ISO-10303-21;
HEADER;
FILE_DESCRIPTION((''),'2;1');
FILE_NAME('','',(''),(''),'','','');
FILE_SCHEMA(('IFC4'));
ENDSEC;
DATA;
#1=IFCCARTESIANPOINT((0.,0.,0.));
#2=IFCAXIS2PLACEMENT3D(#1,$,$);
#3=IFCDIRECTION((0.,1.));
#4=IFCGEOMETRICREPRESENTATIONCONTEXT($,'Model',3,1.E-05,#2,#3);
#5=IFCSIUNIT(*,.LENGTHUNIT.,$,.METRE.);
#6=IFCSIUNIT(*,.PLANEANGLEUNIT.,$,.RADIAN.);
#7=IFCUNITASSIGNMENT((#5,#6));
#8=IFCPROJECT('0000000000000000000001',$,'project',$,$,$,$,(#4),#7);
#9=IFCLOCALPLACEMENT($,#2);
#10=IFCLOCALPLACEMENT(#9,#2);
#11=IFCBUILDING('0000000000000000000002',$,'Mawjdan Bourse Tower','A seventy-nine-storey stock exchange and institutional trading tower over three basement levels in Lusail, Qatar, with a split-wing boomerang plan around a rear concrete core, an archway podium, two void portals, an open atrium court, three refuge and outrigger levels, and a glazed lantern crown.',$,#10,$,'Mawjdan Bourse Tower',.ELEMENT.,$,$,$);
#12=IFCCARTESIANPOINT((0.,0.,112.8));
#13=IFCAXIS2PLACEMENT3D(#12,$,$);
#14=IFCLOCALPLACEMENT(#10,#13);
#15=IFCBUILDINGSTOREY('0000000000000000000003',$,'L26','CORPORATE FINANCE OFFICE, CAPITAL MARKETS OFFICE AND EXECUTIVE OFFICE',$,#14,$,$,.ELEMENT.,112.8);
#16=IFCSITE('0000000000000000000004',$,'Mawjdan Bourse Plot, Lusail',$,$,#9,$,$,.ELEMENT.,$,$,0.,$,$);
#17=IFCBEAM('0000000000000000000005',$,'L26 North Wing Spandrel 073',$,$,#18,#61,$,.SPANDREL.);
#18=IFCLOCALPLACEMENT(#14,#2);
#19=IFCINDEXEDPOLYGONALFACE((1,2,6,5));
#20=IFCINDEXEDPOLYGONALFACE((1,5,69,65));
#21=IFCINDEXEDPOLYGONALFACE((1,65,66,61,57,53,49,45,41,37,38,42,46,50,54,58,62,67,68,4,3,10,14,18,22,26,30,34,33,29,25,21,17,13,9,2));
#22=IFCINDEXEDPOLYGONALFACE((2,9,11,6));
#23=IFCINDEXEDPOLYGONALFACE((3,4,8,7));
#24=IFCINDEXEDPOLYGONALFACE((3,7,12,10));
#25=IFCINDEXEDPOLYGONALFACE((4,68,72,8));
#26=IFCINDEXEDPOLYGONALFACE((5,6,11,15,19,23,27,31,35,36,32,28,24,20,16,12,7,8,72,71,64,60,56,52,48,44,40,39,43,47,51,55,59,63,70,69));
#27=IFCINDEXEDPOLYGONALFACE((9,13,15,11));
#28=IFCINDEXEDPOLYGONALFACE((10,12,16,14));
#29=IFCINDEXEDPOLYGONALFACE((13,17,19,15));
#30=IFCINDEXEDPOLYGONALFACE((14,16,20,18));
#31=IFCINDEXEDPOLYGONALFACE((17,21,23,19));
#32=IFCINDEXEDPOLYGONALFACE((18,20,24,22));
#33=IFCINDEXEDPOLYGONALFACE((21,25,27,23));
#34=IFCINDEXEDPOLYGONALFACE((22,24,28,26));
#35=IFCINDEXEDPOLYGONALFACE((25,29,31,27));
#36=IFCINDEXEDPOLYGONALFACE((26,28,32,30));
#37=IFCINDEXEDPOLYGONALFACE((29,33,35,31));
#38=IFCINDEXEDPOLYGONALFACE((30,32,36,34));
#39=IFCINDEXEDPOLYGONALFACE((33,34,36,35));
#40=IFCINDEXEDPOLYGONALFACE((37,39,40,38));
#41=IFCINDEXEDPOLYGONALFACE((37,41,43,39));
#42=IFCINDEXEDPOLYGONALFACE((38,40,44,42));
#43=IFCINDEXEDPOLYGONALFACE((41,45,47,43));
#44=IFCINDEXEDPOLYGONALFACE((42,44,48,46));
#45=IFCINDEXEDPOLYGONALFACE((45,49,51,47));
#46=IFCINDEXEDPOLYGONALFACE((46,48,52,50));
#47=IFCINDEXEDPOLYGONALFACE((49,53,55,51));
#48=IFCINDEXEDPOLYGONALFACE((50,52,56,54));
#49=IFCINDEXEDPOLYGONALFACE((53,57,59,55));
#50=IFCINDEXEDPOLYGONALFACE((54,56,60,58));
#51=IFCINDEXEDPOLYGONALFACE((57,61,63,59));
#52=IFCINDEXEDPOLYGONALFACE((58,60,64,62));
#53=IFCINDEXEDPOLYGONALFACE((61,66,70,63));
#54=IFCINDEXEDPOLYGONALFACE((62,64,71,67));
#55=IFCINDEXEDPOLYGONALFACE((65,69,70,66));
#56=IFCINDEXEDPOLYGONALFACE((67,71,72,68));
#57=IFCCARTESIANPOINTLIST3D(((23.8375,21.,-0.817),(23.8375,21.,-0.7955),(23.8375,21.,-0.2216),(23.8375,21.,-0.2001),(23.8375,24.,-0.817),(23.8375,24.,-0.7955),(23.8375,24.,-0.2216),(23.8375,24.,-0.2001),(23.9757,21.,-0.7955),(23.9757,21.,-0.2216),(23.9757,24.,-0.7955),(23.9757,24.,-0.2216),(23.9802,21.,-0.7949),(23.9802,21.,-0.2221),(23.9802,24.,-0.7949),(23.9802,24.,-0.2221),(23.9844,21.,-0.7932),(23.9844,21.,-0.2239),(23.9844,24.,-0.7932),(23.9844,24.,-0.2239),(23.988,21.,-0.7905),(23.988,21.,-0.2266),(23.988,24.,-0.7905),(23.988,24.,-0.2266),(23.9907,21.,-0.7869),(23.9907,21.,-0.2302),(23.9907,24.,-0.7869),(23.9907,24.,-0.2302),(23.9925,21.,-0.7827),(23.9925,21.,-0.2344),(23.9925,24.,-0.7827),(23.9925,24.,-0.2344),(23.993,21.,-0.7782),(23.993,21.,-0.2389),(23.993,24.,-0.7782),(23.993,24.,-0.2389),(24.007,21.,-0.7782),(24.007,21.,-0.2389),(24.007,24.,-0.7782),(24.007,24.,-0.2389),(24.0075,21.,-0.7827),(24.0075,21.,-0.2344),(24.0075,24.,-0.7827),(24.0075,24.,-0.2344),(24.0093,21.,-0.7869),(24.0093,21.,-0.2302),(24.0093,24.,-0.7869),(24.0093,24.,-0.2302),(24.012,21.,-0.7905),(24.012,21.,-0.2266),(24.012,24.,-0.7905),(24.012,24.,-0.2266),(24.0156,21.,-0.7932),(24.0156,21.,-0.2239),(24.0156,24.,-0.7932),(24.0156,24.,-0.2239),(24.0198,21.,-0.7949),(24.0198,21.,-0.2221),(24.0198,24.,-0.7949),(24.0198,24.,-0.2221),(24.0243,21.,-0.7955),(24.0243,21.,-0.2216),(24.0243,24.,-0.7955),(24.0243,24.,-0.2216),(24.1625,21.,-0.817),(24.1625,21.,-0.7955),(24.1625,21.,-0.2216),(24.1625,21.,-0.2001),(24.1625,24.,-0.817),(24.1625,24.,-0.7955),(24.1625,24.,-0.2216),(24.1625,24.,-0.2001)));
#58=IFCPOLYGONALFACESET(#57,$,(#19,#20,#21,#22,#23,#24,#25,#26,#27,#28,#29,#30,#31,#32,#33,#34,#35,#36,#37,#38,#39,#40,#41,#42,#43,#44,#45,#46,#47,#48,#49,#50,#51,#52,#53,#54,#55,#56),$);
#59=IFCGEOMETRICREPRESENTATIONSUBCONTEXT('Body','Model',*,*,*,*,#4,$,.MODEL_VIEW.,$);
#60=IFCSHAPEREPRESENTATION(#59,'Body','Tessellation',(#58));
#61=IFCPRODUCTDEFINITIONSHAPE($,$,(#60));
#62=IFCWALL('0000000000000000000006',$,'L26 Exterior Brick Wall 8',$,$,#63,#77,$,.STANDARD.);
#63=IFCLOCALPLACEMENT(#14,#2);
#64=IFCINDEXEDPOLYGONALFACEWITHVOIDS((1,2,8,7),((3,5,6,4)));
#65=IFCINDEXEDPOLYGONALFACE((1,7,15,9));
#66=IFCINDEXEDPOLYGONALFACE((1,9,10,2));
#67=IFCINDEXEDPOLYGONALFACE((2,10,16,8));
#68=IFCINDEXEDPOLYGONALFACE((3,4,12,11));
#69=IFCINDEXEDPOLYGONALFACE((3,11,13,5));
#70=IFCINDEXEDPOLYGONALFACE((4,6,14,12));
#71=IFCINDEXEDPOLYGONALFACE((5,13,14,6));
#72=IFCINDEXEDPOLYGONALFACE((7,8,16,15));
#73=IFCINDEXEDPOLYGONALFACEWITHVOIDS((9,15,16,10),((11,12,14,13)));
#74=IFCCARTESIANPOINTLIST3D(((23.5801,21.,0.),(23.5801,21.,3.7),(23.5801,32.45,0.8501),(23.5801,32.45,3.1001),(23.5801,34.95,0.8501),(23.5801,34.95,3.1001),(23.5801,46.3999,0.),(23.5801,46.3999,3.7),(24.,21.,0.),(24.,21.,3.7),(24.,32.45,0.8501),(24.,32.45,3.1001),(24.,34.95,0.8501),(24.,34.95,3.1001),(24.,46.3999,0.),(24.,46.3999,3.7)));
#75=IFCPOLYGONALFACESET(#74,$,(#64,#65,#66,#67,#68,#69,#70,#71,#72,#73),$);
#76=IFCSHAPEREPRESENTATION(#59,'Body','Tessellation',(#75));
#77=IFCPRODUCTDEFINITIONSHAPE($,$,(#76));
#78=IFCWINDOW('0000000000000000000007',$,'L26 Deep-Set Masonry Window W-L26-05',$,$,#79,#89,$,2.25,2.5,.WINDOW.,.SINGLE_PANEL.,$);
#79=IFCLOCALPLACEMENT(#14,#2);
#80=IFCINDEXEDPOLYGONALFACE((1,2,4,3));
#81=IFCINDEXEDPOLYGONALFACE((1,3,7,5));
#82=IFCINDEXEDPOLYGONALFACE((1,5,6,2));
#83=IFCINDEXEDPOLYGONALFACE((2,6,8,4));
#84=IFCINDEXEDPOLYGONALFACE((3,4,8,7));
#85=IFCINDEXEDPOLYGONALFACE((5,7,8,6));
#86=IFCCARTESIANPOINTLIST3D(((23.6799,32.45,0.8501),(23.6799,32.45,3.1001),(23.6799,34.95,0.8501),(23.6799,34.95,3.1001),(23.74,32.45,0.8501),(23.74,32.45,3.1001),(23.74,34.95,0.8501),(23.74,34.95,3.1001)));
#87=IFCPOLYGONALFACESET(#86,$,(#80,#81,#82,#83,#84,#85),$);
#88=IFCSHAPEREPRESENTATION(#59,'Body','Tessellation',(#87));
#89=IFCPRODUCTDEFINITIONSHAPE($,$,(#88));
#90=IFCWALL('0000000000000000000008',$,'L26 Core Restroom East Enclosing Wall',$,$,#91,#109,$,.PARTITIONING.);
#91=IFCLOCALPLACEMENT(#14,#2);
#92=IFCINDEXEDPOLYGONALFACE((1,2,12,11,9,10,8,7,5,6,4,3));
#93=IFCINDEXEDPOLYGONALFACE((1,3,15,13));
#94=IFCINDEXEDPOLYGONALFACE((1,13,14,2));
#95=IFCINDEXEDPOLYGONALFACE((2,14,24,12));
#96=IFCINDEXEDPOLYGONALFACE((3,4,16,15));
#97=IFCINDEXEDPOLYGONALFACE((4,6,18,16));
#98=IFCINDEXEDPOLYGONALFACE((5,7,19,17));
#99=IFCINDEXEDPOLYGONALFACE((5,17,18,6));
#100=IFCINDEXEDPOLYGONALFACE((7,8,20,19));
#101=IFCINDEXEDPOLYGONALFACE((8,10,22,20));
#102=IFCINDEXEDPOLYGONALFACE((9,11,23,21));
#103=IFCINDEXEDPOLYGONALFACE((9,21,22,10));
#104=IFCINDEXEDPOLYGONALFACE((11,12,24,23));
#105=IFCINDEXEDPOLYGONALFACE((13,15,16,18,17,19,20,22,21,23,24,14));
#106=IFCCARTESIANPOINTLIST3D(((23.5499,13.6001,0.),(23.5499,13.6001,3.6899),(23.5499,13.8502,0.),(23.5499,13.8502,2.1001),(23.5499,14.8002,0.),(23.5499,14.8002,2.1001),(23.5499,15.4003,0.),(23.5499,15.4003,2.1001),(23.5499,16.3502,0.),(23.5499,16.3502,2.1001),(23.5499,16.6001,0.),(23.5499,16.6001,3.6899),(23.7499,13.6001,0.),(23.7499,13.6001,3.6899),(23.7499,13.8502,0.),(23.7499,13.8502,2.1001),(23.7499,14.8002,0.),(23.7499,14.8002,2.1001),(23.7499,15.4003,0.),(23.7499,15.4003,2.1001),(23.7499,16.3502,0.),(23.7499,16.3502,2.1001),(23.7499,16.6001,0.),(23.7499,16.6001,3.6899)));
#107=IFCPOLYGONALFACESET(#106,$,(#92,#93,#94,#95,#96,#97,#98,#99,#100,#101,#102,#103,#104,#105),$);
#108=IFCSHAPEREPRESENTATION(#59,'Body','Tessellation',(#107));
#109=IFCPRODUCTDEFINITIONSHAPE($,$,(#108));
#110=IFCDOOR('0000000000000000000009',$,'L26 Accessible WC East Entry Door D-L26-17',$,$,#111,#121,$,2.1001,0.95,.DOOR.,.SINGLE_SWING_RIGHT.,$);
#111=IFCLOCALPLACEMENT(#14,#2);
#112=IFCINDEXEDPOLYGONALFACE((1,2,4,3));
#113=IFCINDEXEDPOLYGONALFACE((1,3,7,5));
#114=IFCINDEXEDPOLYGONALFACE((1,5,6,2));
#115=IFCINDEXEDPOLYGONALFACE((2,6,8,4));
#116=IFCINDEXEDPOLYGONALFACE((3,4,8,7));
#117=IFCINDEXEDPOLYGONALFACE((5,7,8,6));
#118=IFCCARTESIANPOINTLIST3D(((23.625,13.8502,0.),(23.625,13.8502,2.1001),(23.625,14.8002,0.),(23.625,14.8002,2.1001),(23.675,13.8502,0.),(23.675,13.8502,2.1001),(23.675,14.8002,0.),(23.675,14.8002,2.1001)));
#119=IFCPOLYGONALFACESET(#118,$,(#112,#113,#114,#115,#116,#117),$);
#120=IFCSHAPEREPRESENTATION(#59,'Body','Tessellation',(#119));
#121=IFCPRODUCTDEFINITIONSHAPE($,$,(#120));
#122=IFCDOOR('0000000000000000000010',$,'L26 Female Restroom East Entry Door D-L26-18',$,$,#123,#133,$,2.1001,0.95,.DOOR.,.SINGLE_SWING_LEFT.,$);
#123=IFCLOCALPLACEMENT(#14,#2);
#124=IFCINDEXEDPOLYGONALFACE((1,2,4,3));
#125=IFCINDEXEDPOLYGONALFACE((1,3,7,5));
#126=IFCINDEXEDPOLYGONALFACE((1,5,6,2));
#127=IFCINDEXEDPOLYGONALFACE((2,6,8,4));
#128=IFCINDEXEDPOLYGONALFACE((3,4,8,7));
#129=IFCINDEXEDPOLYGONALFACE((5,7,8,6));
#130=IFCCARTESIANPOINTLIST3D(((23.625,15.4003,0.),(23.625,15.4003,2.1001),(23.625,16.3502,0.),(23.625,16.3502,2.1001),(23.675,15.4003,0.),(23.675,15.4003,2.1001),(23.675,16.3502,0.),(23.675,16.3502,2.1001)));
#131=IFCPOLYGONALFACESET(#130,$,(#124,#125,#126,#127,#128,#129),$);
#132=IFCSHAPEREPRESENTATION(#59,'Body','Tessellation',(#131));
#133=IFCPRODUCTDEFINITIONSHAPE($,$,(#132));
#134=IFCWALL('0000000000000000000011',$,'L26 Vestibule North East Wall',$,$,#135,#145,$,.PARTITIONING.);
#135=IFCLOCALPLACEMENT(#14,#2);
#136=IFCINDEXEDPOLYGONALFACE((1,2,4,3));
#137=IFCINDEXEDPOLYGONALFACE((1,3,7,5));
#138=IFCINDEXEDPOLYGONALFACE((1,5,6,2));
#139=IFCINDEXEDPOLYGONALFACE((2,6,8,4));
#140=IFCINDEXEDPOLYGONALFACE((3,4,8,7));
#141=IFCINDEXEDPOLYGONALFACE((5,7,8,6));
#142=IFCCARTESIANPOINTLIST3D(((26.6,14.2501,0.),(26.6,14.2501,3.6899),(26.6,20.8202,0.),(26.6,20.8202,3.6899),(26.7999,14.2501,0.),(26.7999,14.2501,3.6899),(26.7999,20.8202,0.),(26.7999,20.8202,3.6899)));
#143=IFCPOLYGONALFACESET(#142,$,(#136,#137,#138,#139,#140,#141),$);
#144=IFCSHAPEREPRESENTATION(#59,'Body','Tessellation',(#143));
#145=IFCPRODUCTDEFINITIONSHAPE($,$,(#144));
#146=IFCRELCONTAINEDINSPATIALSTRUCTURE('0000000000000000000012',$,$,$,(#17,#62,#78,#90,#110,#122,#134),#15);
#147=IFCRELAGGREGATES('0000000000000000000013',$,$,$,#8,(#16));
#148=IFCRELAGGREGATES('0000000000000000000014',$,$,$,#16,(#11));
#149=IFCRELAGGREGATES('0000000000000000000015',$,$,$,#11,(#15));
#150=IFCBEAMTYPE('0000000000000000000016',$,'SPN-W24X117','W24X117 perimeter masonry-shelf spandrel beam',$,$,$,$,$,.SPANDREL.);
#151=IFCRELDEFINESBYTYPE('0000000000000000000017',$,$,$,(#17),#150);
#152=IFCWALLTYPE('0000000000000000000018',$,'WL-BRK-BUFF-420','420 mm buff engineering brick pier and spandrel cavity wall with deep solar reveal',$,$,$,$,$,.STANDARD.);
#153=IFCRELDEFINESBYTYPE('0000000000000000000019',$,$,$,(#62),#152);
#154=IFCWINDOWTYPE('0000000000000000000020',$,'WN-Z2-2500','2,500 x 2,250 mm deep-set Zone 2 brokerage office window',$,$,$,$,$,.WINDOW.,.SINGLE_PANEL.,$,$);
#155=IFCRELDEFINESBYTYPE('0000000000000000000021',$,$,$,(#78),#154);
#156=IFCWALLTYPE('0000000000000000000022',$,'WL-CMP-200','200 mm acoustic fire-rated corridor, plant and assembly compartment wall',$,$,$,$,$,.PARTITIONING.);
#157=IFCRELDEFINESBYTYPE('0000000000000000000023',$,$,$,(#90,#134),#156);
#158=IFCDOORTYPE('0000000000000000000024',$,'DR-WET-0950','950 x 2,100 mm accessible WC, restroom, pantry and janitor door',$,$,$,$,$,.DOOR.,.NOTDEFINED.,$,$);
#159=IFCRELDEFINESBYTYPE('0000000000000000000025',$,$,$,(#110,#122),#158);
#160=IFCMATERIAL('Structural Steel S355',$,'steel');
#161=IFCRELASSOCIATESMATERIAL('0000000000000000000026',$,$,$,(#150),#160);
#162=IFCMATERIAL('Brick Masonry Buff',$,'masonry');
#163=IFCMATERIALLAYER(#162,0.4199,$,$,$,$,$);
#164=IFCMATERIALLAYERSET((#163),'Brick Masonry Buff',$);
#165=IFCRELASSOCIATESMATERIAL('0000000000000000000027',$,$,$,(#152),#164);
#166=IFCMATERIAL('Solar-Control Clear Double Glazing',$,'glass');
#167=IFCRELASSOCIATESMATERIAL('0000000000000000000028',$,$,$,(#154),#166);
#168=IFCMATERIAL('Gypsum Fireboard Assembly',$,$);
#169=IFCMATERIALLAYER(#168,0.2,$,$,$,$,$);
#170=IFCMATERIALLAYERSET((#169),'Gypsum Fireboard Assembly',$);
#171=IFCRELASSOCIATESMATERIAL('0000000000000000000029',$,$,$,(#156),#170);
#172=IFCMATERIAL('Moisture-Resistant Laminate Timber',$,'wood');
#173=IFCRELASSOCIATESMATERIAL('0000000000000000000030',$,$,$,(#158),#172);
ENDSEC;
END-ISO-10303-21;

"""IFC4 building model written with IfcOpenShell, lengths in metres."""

from ifc_helpers import new_model, si_unit, direction, frame, frame_2d, origin, origin_2d, place, context, subcontext, project, spatial, rectangle, i_section, extrude, material, layer, layer_set, material_profile, profile_set, type_object, element, fill, save


model = new_model("IFC4")

# Units and contexts
model_context = context("Model", 3, precision=1e-05, world=origin(), true_north=direction((0.0, 1.0)))
body_context = subcontext(model_context, "Body", "Model", "MODEL_VIEW")
ifc_project = project(units=[si_unit("LENGTHUNIT", "METRE"), si_unit("PLANEANGLEUNIT", "RADIAN")], contexts=[model_context])

# Site, building, storey
site_placement = place(None, origin())
site = spatial("IfcSite", under=ifc_project, at=site_placement, Name="Mawjdan Bourse Plot, Lusail", CompositionType="ELEMENT", RefElevation=0.0)
building_placement = place(site_placement, origin())
building = spatial("IfcBuilding", under=site, at=building_placement, Name="Mawjdan Bourse Tower", Description="A seventy-nine-storey stock exchange and institutional trading tower over three basement levels in Lusail, Qatar, with a split-wing boomerang plan around a rear concrete core, an archway podium, two void portals, an open atrium court, three refuge and outrigger levels, and a glazed lantern crown.", LongName="Mawjdan Bourse Tower", CompositionType="ELEMENT")
storey_placement = place(building_placement, frame((0.0, 0.0, 112.8)))
storey = spatial("IfcBuildingStorey", under=building, at=storey_placement, Name="L26", Description="CORPORATE FINANCE OFFICE, CAPITAL MARKETS OFFICE AND EXECUTIVE OFFICE", CompositionType="ELEMENT", Elevation=112.8)

# Beam
ifc_material_1 = material(Name="Structural Steel S355", Category="steel")
ifc_material_profile_1 = material_profile(ifc_material_1, i_section(OverallWidth=0.325, OverallDepth=0.6169, WebThickness=0.0139, FlangeThickness=0.0215, FilletRadius=0.0173, at=origin_2d()), Name="W24X117")
ifc_profile_set_1 = profile_set([ifc_material_profile_1], Name="Structural Steel S355")
beam_type_1 = type_object("IfcBeamType", Name="SPN-W24X117", Description="W24X117 perimeter masonry-shelf spandrel beam", PredefinedType="SPANDREL", material=ifc_profile_set_1)
beam_1_placement = place(storey_placement, frame((24.0, 21.0, -0.5085), z_axis=(0.0, 1.0, 0.0), x_axis=(-1.0, 0.0, 0.0)))
element("IfcBeam", 1, at=beam_1_placement, inside=storey, type_object=beam_type_1, Name="L26 North Wing Spandrel 073", PredefinedType="SPANDREL", context=body_context, shape_type="SweptSolid", body=[
    extrude(i_section(OverallWidth=0.325, OverallDepth=0.6169, WebThickness=0.0139, FlangeThickness=0.0215, FilletRadius=0.0173, at=origin_2d()), origin(), (0.0, 0.0, 1.0), 3.0),
])

# Wall, opening, window
ifc_material_2 = material(Name="Brick Masonry Buff", Category="masonry")
ifc_layer_1 = layer(ifc_material_2, 0.4199)
ifc_layer_set_1 = layer_set([ifc_layer_1], Name="Brick Masonry Buff")
wall_type_1 = type_object("IfcWallType", Name="WL-BRK-BUFF-420", Description="420 mm buff engineering brick pier and spandrel cavity wall with deep solar reveal", PredefinedType="STANDARD", material=ifc_layer_set_1)
wall_1_placement = place(storey_placement, frame((23.79, 21.0, 0.0), z_axis=(0.0, 0.0, 1.0), x_axis=(0.0, 1.0, 0.0)))
wall_1 = element("IfcWall", 2, at=wall_1_placement, inside=storey, type_object=wall_type_1, Name="L26 Exterior Brick Wall 8", PredefinedType="STANDARD", context=body_context, shape_type="SweptSolid", body=[
    extrude(rectangle(XDim=25.3999, YDim=0.4199, at=frame_2d((12.7, 0.0))), origin(), (0.0, 0.0, 1.0), 3.7),
])
opening_1_placement = place(wall_1_placement, frame((11.45, 0.0, 0.8501)))
opening_1 = element("IfcOpeningElement", 3, at=opening_1_placement, cuts=wall_1, PredefinedType="OPENING", context=body_context, shape_type="SweptSolid", body=[
    extrude(rectangle(XDim=2.5, YDim=2.25, at=frame_2d((1.25, 1.125))), frame((0.0, 0.22, 0.0), z_axis=(0.0, -1.0, 0.0), x_axis=(1.0, 0.0, 0.0)), (0.0, 0.0, 1.0), 0.4399),
])
ifc_material_3 = material(Name="Solar-Control Clear Double Glazing", Category="glass")
window_type = type_object("IfcWindowType", Name="WN-Z2-2500", Description="2,500 x 2,250 mm deep-set Zone 2 brokerage office window", PartitioningType="SINGLE_PANEL", PredefinedType="WINDOW", material=ifc_material_3)
window_placement = place(opening_1_placement, origin())
window = element("IfcWindow", 4, at=window_placement, inside=storey, type_object=window_type, Name="L26 Deep-Set Masonry Window W-L26-05", OverallHeight=2.25, OverallWidth=2.5, PartitioningType="SINGLE_PANEL", PredefinedType="WINDOW", context=body_context, shape_type="SweptSolid", body=[
    extrude(rectangle(XDim=2.5, YDim=2.25, at=frame_2d((1.25, 1.125))), frame((0.0, 0.1101, 0.0), z_axis=(0.0, -1.0, 0.0), x_axis=(1.0, 0.0, 0.0)), (0.0, 0.0, 1.0), 0.0601),
])
fill(opening_1, window)

# Wall, openings, doors
ifc_material_4 = material(Name="Gypsum Fireboard Assembly")
ifc_layer_2 = layer(ifc_material_4, 0.2)
ifc_layer_set_2 = layer_set([ifc_layer_2], Name="Gypsum Fireboard Assembly")
wall_type_2 = type_object("IfcWallType", Name="WL-CMP-200", Description="200 mm acoustic fire-rated corridor, plant and assembly compartment wall", PredefinedType="PARTITIONING", material=ifc_layer_set_2)
wall_2_placement = place(storey_placement, frame((23.6499, 13.6001, 0.0), z_axis=(0.0, 0.0, 1.0), x_axis=(0.0, 1.0, 0.0)))
wall_2 = element("IfcWall", 5, at=wall_2_placement, inside=storey, type_object=wall_type_2, Name="L26 Core Restroom East Enclosing Wall", PredefinedType="PARTITIONING", context=body_context, shape_type="SweptSolid", body=[
    extrude(rectangle(XDim=3.0, YDim=0.2, at=frame_2d((1.5, 0.0))), origin(), (0.0, 0.0, 1.0), 3.6899),
])
opening_2_placement = place(wall_2_placement, frame((0.25, 0.0, 0.0)))
opening_2 = element("IfcOpeningElement", 6, at=opening_2_placement, cuts=wall_2, PredefinedType="OPENING", context=body_context, shape_type="SweptSolid", body=[
    extrude(rectangle(XDim=0.95, YDim=2.1001, at=frame_2d((0.4751, 1.05))), frame((0.0, 0.1099, 0.0), z_axis=(0.0, -1.0, 0.0), x_axis=(1.0, 0.0, 0.0)), (0.0, 0.0, 1.0), 0.22),
])
opening_3_placement = place(wall_2_placement, frame((1.8, 0.0, 0.0)))
opening_3 = element("IfcOpeningElement", 7, at=opening_3_placement, cuts=wall_2, PredefinedType="OPENING", context=body_context, shape_type="SweptSolid", body=[
    extrude(rectangle(XDim=0.95, YDim=2.1001, at=frame_2d((0.4751, 1.05))), frame((0.0, 0.1099, 0.0), z_axis=(0.0, -1.0, 0.0), x_axis=(1.0, 0.0, 0.0)), (0.0, 0.0, 1.0), 0.22),
])
ifc_material_5 = material(Name="Moisture-Resistant Laminate Timber", Category="wood")
door_type_1 = type_object("IfcDoorType", Name="DR-WET-0950", Description="950 x 2,100 mm accessible WC, restroom, pantry and janitor door", OperationType="NOTDEFINED", PredefinedType="DOOR", material=ifc_material_5)
door_1_placement = place(opening_2_placement, origin())
door_1 = element("IfcDoor", 8, at=door_1_placement, inside=storey, type_object=door_type_1, Name="L26 Accessible WC East Entry Door D-L26-17", OperationType="SINGLE_SWING_RIGHT", OverallHeight=2.1001, OverallWidth=0.95, PredefinedType="DOOR", context=body_context, shape_type="SweptSolid", body=[
    extrude(rectangle(XDim=0.95, YDim=2.1001, at=frame_2d((0.4751, 1.05))), frame((0.0, 0.0249, 0.0), z_axis=(0.0, -1.0, 0.0), x_axis=(1.0, 0.0, 0.0)), (0.0, 0.0, 1.0), 0.05),
])
fill(opening_2, door_1)
door_2_placement = place(opening_3_placement, origin())
door_2 = element("IfcDoor", 9, at=door_2_placement, inside=storey, type_object=door_type_1, Name="L26 Female Restroom East Entry Door D-L26-18", OperationType="SINGLE_SWING_LEFT", OverallHeight=2.1001, OverallWidth=0.95, PredefinedType="DOOR", context=body_context, shape_type="SweptSolid", body=[
    extrude(rectangle(XDim=0.95, YDim=2.1001, at=frame_2d((0.4751, 1.05))), frame((0.0, 0.0249, 0.0), z_axis=(0.0, -1.0, 0.0), x_axis=(1.0, 0.0, 0.0)), (0.0, 0.0, 1.0), 0.05),
])
fill(opening_3, door_2)

# Wall
wall_3_placement = place(storey_placement, frame((26.7, 14.25, 0.0), z_axis=(0.0, 0.0, 1.0), x_axis=(0.0, 1.0, 0.0)))
element("IfcWall", 10, at=wall_3_placement, inside=storey, type_object=wall_type_2, Name="L26 Vestibule North East Wall", PredefinedType="PARTITIONING", context=body_context, shape_type="SweptSolid", body=[
    extrude(rectangle(XDim=6.5701, YDim=0.2, at=frame_2d((3.2852, 0.0))), origin(), (0.0, 0.0, 1.0), 3.6899),
])

save(model, "model.ifc")
